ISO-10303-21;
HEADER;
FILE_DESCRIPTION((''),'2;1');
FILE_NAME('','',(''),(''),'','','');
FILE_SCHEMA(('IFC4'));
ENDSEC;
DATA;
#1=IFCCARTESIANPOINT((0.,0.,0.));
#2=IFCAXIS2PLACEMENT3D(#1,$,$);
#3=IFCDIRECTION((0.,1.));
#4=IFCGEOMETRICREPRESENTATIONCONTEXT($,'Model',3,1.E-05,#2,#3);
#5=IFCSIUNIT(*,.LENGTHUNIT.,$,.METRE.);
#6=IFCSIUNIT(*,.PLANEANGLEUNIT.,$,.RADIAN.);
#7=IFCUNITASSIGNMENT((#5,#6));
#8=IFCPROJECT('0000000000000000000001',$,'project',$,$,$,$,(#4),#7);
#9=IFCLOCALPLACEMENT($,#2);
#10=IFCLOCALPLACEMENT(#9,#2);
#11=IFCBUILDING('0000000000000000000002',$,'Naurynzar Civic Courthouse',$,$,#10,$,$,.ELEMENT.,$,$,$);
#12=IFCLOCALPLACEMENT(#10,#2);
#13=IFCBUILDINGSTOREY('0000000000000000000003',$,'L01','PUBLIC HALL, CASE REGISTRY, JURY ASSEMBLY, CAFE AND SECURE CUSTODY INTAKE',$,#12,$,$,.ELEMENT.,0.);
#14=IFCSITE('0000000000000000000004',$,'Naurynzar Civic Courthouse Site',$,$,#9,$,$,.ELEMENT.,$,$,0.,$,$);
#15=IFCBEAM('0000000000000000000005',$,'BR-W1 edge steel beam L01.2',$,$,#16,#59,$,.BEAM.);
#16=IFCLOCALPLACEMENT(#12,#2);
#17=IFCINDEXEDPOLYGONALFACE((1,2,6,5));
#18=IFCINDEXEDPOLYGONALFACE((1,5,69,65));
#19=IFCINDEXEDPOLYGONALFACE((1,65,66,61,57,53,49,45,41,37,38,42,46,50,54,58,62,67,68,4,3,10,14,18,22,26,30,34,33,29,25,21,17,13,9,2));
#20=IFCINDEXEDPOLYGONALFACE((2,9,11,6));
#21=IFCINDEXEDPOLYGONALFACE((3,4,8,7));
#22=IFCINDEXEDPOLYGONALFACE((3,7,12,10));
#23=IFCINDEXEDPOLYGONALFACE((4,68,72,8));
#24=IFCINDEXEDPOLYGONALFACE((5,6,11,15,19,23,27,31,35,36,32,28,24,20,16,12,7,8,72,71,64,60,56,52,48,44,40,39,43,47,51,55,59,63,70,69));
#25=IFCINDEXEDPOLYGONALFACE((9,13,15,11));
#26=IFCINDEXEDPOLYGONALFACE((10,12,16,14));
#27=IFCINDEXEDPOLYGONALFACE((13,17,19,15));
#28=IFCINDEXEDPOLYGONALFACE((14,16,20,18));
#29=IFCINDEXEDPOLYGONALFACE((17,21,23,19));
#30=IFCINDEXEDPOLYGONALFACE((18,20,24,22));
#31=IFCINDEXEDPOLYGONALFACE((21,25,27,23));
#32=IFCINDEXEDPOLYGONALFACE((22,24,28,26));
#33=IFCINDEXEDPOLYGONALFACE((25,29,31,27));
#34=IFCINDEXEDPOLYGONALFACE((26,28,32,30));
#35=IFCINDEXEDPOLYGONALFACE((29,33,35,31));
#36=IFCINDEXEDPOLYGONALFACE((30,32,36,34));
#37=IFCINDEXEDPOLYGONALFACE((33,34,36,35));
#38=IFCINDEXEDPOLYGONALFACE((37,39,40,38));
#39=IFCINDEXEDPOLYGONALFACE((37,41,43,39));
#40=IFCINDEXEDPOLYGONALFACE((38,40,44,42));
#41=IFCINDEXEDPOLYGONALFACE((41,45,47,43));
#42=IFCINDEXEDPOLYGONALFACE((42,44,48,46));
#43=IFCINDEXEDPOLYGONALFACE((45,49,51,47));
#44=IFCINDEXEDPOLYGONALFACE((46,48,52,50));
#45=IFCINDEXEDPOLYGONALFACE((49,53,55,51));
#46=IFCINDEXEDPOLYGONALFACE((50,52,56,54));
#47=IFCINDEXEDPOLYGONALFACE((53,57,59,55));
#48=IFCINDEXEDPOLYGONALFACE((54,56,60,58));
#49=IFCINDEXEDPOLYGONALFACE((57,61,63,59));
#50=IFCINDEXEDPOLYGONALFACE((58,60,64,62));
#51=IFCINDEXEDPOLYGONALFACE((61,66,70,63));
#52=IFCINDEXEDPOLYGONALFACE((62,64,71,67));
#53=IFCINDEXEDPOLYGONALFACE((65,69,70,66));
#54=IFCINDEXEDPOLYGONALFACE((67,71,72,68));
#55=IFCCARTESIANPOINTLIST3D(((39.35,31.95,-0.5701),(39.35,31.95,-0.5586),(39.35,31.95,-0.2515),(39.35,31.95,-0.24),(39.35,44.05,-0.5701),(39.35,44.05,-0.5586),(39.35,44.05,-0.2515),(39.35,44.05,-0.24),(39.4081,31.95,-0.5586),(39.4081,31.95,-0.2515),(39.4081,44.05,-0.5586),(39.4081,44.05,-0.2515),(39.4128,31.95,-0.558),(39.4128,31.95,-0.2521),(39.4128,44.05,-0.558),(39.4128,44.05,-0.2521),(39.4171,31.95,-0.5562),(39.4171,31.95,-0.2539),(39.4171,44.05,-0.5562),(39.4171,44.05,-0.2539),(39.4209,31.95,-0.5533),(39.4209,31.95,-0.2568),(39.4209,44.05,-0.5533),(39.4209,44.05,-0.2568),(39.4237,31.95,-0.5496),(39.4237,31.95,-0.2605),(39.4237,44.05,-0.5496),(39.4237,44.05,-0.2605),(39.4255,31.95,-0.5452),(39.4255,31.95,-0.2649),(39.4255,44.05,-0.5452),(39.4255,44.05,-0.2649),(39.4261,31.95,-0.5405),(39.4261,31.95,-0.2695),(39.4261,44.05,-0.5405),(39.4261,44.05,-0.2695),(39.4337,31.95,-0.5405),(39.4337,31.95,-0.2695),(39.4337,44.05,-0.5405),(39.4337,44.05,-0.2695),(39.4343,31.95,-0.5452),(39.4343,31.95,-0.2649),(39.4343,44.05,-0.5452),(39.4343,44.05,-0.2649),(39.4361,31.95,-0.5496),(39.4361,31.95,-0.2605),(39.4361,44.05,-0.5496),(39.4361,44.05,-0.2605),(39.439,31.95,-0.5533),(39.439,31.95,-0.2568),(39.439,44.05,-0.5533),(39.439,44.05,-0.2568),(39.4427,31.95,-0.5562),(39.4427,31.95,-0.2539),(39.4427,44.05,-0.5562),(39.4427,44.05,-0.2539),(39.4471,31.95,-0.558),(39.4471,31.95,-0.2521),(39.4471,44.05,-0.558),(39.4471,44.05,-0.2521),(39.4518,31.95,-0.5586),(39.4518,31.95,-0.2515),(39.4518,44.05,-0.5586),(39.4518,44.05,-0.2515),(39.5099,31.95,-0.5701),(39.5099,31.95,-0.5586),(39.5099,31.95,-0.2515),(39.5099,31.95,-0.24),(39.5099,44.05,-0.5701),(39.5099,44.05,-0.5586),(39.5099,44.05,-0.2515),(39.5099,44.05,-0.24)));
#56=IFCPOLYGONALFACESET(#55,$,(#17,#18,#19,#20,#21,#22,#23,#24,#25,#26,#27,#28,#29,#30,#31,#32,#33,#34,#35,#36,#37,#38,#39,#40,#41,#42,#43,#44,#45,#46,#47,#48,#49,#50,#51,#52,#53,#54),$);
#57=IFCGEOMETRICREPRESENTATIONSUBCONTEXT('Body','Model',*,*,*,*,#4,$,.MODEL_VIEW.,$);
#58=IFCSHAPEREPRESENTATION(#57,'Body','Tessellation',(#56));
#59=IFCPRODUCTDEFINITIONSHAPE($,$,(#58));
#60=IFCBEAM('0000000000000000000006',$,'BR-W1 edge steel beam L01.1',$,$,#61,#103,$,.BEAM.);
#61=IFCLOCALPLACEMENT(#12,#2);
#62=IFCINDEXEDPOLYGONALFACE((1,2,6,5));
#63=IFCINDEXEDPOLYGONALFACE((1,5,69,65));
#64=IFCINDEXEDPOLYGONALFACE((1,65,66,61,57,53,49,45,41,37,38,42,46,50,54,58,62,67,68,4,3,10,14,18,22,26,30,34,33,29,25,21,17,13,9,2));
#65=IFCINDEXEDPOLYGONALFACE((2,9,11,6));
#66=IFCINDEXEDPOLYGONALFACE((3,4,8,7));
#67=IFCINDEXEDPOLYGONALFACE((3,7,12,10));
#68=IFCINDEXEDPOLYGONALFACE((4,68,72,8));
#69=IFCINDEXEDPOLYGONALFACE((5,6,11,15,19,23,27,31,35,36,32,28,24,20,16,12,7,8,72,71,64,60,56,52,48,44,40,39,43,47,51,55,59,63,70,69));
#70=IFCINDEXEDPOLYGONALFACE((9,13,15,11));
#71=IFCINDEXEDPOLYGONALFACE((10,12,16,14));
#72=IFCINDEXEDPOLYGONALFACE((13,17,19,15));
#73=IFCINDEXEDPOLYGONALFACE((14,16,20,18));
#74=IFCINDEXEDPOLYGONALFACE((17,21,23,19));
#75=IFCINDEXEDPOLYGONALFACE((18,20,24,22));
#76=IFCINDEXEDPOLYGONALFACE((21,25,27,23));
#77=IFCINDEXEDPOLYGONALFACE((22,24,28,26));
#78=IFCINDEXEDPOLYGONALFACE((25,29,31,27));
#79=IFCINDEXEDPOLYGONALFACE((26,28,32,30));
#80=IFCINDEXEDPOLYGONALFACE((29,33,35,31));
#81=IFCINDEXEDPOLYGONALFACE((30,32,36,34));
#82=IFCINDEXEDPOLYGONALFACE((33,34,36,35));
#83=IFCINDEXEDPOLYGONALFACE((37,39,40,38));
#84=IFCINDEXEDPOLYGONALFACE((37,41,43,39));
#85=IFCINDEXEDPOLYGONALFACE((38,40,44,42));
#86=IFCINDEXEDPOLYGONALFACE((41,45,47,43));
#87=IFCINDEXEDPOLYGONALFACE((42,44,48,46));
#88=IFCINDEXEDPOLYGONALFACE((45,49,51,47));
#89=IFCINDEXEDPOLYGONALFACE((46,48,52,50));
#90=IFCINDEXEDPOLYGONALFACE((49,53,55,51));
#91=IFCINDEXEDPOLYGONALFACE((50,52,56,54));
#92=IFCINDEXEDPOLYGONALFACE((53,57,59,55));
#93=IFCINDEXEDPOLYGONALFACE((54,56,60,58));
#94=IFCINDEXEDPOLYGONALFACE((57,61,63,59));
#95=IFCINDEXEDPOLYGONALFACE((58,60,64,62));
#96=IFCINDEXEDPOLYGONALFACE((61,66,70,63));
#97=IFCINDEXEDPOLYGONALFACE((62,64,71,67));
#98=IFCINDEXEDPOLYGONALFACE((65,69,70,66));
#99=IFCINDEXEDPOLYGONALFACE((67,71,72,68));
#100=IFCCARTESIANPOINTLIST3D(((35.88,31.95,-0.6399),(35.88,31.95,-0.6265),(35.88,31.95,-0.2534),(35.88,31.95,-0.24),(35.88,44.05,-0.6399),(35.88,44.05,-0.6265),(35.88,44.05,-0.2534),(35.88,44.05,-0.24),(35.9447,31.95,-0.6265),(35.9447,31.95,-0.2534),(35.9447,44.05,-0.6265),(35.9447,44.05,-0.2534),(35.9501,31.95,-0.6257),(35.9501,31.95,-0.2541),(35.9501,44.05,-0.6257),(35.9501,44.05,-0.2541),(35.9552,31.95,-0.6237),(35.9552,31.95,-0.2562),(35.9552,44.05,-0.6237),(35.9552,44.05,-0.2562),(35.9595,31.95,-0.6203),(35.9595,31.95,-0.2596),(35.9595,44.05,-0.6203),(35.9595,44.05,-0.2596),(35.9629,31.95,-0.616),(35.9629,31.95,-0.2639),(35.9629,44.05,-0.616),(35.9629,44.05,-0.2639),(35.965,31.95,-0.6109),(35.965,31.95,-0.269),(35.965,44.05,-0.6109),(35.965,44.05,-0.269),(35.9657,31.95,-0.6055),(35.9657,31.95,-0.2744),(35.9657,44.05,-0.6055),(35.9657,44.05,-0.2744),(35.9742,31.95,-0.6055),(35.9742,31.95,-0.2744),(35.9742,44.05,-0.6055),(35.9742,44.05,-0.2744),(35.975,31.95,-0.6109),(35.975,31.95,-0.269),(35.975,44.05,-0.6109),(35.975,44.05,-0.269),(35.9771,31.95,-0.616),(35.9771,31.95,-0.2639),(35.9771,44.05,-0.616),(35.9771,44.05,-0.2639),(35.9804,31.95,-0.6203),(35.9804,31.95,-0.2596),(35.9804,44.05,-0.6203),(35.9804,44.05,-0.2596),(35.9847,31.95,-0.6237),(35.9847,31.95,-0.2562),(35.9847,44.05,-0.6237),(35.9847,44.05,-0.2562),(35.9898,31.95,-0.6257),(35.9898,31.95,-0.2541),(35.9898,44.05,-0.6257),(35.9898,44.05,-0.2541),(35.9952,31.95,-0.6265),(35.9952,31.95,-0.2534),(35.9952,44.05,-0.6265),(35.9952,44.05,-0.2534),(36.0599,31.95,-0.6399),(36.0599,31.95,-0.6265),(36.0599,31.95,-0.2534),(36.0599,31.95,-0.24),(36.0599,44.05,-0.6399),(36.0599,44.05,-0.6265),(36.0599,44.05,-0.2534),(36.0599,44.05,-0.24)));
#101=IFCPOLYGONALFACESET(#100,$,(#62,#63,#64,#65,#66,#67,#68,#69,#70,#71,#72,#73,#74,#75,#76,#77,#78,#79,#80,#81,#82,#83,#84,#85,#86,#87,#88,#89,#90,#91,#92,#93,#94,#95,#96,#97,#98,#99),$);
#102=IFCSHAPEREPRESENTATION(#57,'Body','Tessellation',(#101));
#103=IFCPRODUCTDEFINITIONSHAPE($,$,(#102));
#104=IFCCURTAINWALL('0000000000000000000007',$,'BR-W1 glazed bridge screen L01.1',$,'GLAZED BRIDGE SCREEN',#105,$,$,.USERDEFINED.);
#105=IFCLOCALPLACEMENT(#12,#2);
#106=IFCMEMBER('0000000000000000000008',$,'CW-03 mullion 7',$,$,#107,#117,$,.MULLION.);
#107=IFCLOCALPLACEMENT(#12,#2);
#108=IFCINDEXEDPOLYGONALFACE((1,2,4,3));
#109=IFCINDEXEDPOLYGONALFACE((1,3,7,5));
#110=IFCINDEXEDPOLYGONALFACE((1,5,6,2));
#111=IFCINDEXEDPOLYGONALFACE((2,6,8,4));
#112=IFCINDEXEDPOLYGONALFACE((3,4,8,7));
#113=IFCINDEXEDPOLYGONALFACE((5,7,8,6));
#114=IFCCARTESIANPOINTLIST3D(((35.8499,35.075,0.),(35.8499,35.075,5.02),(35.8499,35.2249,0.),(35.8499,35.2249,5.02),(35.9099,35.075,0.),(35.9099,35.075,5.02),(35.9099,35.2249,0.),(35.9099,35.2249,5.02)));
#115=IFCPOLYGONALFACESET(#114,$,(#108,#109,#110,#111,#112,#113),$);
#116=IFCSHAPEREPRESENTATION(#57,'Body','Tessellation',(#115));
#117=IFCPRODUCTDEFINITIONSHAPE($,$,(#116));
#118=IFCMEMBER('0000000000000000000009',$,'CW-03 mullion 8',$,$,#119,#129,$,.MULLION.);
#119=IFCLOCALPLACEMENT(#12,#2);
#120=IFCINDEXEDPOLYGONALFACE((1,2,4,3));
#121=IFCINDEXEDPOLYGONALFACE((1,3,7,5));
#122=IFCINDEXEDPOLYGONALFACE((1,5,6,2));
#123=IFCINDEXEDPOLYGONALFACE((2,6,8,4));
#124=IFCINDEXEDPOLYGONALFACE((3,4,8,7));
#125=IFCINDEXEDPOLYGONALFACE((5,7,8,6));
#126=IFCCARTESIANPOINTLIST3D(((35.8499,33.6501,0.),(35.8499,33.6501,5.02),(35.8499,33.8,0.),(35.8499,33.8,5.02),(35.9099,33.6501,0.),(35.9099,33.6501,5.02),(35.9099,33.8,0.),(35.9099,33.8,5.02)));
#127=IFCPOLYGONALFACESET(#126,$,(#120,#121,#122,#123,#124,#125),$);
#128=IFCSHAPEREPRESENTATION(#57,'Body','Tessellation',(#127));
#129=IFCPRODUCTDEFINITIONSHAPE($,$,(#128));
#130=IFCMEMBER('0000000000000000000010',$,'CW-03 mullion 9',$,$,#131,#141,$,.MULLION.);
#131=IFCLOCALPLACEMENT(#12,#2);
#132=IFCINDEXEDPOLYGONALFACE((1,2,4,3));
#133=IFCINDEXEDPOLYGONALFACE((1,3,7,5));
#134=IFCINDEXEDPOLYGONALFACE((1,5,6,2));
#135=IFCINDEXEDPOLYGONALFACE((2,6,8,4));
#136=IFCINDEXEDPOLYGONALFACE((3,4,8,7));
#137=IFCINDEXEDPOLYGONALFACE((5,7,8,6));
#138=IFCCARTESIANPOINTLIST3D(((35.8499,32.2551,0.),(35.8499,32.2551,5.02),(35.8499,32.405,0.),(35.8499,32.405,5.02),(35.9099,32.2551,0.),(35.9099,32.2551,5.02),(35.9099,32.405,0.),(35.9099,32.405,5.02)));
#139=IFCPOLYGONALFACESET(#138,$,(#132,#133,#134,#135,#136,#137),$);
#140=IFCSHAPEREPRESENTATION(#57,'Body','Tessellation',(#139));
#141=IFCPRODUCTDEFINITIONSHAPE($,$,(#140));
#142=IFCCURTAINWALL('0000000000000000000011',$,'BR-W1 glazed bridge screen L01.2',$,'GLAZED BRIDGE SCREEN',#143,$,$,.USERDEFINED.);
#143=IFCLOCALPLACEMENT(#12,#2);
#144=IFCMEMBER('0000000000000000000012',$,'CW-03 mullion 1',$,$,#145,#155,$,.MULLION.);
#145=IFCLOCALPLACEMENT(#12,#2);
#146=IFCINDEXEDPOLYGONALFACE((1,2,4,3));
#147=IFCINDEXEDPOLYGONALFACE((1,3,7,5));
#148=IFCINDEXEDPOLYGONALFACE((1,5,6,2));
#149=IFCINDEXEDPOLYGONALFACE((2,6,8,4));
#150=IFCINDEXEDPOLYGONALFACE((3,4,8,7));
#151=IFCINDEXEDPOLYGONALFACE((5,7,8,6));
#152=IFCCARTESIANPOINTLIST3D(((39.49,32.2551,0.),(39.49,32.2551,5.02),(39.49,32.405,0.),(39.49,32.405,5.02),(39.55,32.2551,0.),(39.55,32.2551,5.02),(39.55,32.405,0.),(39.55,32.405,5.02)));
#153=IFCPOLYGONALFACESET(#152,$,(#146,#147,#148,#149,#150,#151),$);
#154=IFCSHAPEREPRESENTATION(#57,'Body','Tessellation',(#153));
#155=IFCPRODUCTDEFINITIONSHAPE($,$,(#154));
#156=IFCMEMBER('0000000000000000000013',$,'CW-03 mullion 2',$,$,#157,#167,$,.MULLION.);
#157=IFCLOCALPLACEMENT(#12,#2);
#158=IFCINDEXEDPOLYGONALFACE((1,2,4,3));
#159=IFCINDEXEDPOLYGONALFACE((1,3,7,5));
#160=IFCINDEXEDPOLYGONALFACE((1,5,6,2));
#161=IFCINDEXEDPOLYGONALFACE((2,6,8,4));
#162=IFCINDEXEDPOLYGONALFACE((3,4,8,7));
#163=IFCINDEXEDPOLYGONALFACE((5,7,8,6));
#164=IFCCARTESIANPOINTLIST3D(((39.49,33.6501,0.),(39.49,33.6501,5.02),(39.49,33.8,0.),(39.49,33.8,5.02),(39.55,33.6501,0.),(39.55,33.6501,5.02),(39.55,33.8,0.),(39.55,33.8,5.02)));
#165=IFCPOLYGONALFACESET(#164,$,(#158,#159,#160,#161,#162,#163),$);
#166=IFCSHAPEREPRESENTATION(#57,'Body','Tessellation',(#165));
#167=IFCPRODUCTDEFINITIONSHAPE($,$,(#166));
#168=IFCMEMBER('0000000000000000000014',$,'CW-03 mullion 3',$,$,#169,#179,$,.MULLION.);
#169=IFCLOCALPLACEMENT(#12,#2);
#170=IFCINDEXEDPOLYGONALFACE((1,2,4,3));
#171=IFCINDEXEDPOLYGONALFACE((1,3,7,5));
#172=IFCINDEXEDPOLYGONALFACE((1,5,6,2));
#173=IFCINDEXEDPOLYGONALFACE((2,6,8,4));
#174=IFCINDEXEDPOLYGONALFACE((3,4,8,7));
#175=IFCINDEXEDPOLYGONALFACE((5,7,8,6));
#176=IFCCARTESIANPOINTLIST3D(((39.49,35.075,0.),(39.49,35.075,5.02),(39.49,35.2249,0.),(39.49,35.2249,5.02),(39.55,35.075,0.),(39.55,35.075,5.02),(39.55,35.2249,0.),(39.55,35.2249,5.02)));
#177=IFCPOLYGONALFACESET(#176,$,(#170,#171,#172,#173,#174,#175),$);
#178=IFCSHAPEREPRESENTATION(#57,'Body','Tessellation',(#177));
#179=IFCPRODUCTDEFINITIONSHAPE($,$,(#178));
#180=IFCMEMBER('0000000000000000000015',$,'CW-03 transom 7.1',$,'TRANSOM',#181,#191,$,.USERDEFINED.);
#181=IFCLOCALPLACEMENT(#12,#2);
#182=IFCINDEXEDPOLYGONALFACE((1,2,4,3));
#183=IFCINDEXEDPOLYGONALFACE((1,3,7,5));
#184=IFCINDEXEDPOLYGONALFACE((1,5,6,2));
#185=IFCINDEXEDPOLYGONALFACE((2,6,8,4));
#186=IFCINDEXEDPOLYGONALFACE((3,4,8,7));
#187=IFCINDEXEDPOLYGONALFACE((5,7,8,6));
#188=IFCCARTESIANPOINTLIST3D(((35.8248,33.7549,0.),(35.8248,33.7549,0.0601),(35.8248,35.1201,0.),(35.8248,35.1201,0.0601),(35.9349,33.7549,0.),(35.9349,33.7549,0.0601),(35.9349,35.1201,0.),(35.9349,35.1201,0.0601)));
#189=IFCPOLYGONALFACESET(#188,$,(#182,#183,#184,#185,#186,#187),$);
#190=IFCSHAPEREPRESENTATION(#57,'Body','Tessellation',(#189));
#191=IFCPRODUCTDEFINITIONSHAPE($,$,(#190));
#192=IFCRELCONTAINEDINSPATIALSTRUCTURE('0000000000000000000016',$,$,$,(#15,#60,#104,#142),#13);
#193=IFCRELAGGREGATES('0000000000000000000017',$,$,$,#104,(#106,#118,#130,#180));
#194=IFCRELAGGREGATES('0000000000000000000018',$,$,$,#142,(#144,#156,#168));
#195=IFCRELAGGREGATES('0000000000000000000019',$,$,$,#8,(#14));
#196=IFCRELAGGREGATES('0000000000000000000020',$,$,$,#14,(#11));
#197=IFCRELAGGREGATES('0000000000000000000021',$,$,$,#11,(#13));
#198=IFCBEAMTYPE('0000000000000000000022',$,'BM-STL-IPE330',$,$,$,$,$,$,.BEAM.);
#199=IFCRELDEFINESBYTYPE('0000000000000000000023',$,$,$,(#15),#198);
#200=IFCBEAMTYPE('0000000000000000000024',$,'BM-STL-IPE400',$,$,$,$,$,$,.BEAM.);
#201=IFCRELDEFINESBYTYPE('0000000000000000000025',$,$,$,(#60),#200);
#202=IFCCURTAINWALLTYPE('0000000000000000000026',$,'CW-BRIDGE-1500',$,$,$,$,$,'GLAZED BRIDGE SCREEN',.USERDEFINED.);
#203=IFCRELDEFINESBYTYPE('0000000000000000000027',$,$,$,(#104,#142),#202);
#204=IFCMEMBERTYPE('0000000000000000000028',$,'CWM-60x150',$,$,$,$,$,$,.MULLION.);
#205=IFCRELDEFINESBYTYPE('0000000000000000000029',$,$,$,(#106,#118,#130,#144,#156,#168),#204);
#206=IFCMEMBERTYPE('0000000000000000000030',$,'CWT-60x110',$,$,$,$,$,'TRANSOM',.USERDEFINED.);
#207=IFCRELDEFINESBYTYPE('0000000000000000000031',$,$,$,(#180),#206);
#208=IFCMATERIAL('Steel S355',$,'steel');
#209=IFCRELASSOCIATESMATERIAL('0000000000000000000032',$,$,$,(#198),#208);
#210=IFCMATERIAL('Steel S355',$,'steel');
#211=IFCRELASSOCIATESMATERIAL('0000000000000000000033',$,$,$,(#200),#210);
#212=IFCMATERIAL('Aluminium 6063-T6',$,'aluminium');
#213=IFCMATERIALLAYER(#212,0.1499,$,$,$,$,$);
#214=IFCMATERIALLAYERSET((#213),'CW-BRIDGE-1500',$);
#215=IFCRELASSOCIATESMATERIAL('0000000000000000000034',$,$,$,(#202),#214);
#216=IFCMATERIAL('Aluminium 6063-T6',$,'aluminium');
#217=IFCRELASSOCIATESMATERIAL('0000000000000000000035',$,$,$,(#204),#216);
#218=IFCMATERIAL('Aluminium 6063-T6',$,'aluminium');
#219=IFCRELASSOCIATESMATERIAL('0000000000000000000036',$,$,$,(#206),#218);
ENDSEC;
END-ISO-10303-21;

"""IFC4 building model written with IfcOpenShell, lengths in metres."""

from ifc_helpers import new_model, si_unit, direction, frame, origin, origin_2d, place, context, subcontext, project, spatial, rectangle, i_section, extrude, material, layer, layer_set, material_profile, profile_set, type_object, element, aggregate, save


model = new_model("IFC4")

# Units and contexts
model_context = context("Model", 3, precision=1e-05, world=origin(), true_north=direction((0.0, 1.0)))
body_context = subcontext(model_context, "Body", "Model", "MODEL_VIEW")
ifc_project = project(units=[si_unit("LENGTHUNIT", "METRE"), si_unit("PLANEANGLEUNIT", "RADIAN")], contexts=[model_context])

# Site, building, storey
site_placement = place(None, origin())
site = spatial("IfcSite", under=ifc_project, at=site_placement, Name="Naurynzar Civic Courthouse Site", CompositionType="ELEMENT", RefElevation=0.0)
building_placement = place(site_placement, origin())
building = spatial("IfcBuilding", under=site, at=building_placement, Name="Naurynzar Civic Courthouse", CompositionType="ELEMENT")
storey_placement = place(building_placement, origin())
storey = spatial("IfcBuildingStorey", under=building, at=storey_placement, Name="L01", Description="PUBLIC HALL, CASE REGISTRY, JURY ASSEMBLY, CAFE AND SECURE CUSTODY INTAKE", CompositionType="ELEMENT", Elevation=0.0)

# Beams
ifc_material_1 = material(Name="Steel S355", Category="steel")
ifc_material_profile_1 = material_profile(ifc_material_1, i_section(OverallWidth=0.1599, OverallDepth=0.3301, WebThickness=0.0076, FlangeThickness=0.0115, FilletRadius=0.0181, at=origin_2d()), Name="IPE 330")
ifc_profile_set_1 = profile_set([ifc_material_profile_1], Name="Steel S355")
beam_type_1 = type_object("IfcBeamType", Name="BM-STL-IPE330", PredefinedType="BEAM", material=ifc_profile_set_1)
beam_1_placement = place(storey_placement, frame((39.4299, 31.95, -0.405), z_axis=(0.0, 1.0, 0.0), x_axis=(-1.0, 0.0, 0.0)))
element("IfcBeam", 1, at=beam_1_placement, inside=storey, type_object=beam_type_1, Name="BR-W1 edge steel beam L01.2", PredefinedType="BEAM", context=body_context, shape_type="SweptSolid", body=[
    extrude(i_section(OverallWidth=0.1599, OverallDepth=0.3301, WebThickness=0.0076, FlangeThickness=0.0115, FilletRadius=0.0181, at=origin_2d()), origin(), (0.0, 0.0, 1.0), 12.1001),
])
ifc_material_2 = material(Name="Steel S355", Category="steel")
ifc_material_profile_2 = material_profile(ifc_material_2, i_section(OverallWidth=0.1799, OverallDepth=0.3999, WebThickness=0.0085, FlangeThickness=0.0134, FilletRadius=0.021, at=origin_2d()), Name="IPE 400")
ifc_profile_set_2 = profile_set([ifc_material_profile_2], Name="Steel S355")
beam_type_2 = type_object("IfcBeamType", Name="BM-STL-IPE400", PredefinedType="BEAM", material=ifc_profile_set_2)
beam_2_placement = place(storey_placement, frame((35.97, 31.95, -0.4399), z_axis=(0.0, 1.0, 0.0), x_axis=(-1.0, 0.0, 0.0)))
element("IfcBeam", 2, at=beam_2_placement, inside=storey, type_object=beam_type_2, Name="BR-W1 edge steel beam L01.1", PredefinedType="BEAM", context=body_context, shape_type="SweptSolid", body=[
    extrude(i_section(OverallWidth=0.1799, OverallDepth=0.3999, WebThickness=0.0085, FlangeThickness=0.0134, FilletRadius=0.021, at=origin_2d()), origin(), (0.0, 0.0, 1.0), 12.1001),
])

# Curtain walls, members
ifc_material_3 = material(Name="Aluminium 6063-T6", Category="aluminium")
ifc_layer_1 = layer(ifc_material_3, 0.1499)
ifc_layer_set_1 = layer_set([ifc_layer_1], Name="CW-BRIDGE-1500")
curtain_wall_type = type_object("IfcCurtainWallType", Name="CW-BRIDGE-1500", ElementType="GLAZED BRIDGE SCREEN", PredefinedType="USERDEFINED", material=ifc_layer_set_1)
curtain_wall_1_placement = place(storey_placement, origin())
curtain_wall_1 = element("IfcCurtainWall", 3, at=curtain_wall_1_placement, inside=storey, type_object=curtain_wall_type, Name="BR-W1 glazed bridge screen L01.1", ObjectType="GLAZED BRIDGE SCREEN", PredefinedType="USERDEFINED")
ifc_material_4 = material(Name="Aluminium 6063-T6", Category="aluminium")
ifc_material_profile_3 = material_profile(ifc_material_4, rectangle(XDim=0.0601, YDim=0.1499, at=origin_2d()), Name="ALU MULLION 60x150")
ifc_profile_set_3 = profile_set([ifc_material_profile_3], Name="Aluminium 6063-T6")
member_type_1 = type_object("IfcMemberType", Name="CWM-60x150", PredefinedType="MULLION", material=ifc_profile_set_3)
member_1_placement = place(storey_placement, frame((35.8799, 35.1499, 0.0), z_axis=(0.0, 0.0, 1.0), x_axis=(1.0, 0.0, 0.0)))
member_1 = element("IfcMember", 4, at=member_1_placement, type_object=member_type_1, Name="CW-03 mullion 7", PredefinedType="MULLION", context=body_context, shape_type="SweptSolid", body=[
    extrude(rectangle(XDim=0.0601, YDim=0.1499, at=origin_2d()), origin(), (0.0, 0.0, 1.0), 5.02),
])
member_2_placement = place(storey_placement, frame((35.8799, 33.7251, 0.0), z_axis=(0.0, 0.0, 1.0), x_axis=(1.0, 0.0, 0.0)))
member_2 = element("IfcMember", 5, at=member_2_placement, type_object=member_type_1, Name="CW-03 mullion 8", PredefinedType="MULLION", context=body_context, shape_type="SweptSolid", body=[
    extrude(rectangle(XDim=0.0601, YDim=0.1499, at=origin_2d()), origin(), (0.0, 0.0, 1.0), 5.02),
])
member_3_placement = place(storey_placement, frame((35.8799, 32.3301, 0.0), z_axis=(0.0, 0.0, 1.0), x_axis=(1.0, 0.0, 0.0)))
member_3 = element("IfcMember", 6, at=member_3_placement, type_object=member_type_1, Name="CW-03 mullion 9", PredefinedType="MULLION", context=body_context, shape_type="SweptSolid", body=[
    extrude(rectangle(XDim=0.0601, YDim=0.1499, at=origin_2d()), origin(), (0.0, 0.0, 1.0), 5.02),
])
curtain_wall_2_placement = place(storey_placement, origin())
curtain_wall_2 = element("IfcCurtainWall", 7, at=curtain_wall_2_placement, inside=storey, type_object=curtain_wall_type, Name="BR-W1 glazed bridge screen L01.2", ObjectType="GLAZED BRIDGE SCREEN", PredefinedType="USERDEFINED")
member_4_placement = place(storey_placement, frame((39.52, 32.3301, 0.0), z_axis=(0.0, 0.0, 1.0), x_axis=(-1.0, 0.0, 0.0)))
member_4 = element("IfcMember", 8, at=member_4_placement, type_object=member_type_1, Name="CW-03 mullion 1", PredefinedType="MULLION", context=body_context, shape_type="SweptSolid", body=[
    extrude(rectangle(XDim=0.0601, YDim=0.1499, at=origin_2d()), origin(), (0.0, 0.0, 1.0), 5.02),
])
member_5_placement = place(storey_placement, frame((39.52, 33.7251, 0.0), z_axis=(0.0, 0.0, 1.0), x_axis=(-1.0, 0.0, 0.0)))
member_5 = element("IfcMember", 9, at=member_5_placement, type_object=member_type_1, Name="CW-03 mullion 2", PredefinedType="MULLION", context=body_context, shape_type="SweptSolid", body=[
    extrude(rectangle(XDim=0.0601, YDim=0.1499, at=origin_2d()), origin(), (0.0, 0.0, 1.0), 5.02),
])
member_6_placement = place(storey_placement, frame((39.52, 35.1499, 0.0), z_axis=(0.0, 0.0, 1.0), x_axis=(-1.0, 0.0, 0.0)))
member_6 = element("IfcMember", 10, at=member_6_placement, type_object=member_type_1, Name="CW-03 mullion 3", PredefinedType="MULLION", context=body_context, shape_type="SweptSolid", body=[
    extrude(rectangle(XDim=0.0601, YDim=0.1499, at=origin_2d()), origin(), (0.0, 0.0, 1.0), 5.02),
])

# Member
ifc_material_5 = material(Name="Aluminium 6063-T6", Category="aluminium")
ifc_material_profile_4 = material_profile(ifc_material_5, rectangle(XDim=0.1101, YDim=0.0601, at=origin_2d()), Name="ALU TRANSOM 60x110")
ifc_profile_set_4 = profile_set([ifc_material_profile_4], Name="Aluminium 6063-T6")
member_type_2 = type_object("IfcMemberType", Name="CWT-60x110", ElementType="TRANSOM", PredefinedType="USERDEFINED", material=ifc_profile_set_4)
member_7_placement = place(storey_placement, frame((35.8799, 35.1201, 0.03), z_axis=(0.0, -1.0, 0.0), x_axis=(1.0, 0.0, 0.0)))
member_7 = element("IfcMember", 11, at=member_7_placement, type_object=member_type_2, Name="CW-03 transom 7.1", ObjectType="TRANSOM", PredefinedType="USERDEFINED", context=body_context, shape_type="SweptSolid", body=[
    extrude(rectangle(XDim=0.1101, YDim=0.0601, at=origin_2d()), origin(), (0.0, 0.0, 1.0), 1.3652),
])

aggregate(curtain_wall_1, [member_1, member_2, member_3, member_7])
aggregate(curtain_wall_2, [member_4, member_5, member_6])

save(model, "model.ifc")
